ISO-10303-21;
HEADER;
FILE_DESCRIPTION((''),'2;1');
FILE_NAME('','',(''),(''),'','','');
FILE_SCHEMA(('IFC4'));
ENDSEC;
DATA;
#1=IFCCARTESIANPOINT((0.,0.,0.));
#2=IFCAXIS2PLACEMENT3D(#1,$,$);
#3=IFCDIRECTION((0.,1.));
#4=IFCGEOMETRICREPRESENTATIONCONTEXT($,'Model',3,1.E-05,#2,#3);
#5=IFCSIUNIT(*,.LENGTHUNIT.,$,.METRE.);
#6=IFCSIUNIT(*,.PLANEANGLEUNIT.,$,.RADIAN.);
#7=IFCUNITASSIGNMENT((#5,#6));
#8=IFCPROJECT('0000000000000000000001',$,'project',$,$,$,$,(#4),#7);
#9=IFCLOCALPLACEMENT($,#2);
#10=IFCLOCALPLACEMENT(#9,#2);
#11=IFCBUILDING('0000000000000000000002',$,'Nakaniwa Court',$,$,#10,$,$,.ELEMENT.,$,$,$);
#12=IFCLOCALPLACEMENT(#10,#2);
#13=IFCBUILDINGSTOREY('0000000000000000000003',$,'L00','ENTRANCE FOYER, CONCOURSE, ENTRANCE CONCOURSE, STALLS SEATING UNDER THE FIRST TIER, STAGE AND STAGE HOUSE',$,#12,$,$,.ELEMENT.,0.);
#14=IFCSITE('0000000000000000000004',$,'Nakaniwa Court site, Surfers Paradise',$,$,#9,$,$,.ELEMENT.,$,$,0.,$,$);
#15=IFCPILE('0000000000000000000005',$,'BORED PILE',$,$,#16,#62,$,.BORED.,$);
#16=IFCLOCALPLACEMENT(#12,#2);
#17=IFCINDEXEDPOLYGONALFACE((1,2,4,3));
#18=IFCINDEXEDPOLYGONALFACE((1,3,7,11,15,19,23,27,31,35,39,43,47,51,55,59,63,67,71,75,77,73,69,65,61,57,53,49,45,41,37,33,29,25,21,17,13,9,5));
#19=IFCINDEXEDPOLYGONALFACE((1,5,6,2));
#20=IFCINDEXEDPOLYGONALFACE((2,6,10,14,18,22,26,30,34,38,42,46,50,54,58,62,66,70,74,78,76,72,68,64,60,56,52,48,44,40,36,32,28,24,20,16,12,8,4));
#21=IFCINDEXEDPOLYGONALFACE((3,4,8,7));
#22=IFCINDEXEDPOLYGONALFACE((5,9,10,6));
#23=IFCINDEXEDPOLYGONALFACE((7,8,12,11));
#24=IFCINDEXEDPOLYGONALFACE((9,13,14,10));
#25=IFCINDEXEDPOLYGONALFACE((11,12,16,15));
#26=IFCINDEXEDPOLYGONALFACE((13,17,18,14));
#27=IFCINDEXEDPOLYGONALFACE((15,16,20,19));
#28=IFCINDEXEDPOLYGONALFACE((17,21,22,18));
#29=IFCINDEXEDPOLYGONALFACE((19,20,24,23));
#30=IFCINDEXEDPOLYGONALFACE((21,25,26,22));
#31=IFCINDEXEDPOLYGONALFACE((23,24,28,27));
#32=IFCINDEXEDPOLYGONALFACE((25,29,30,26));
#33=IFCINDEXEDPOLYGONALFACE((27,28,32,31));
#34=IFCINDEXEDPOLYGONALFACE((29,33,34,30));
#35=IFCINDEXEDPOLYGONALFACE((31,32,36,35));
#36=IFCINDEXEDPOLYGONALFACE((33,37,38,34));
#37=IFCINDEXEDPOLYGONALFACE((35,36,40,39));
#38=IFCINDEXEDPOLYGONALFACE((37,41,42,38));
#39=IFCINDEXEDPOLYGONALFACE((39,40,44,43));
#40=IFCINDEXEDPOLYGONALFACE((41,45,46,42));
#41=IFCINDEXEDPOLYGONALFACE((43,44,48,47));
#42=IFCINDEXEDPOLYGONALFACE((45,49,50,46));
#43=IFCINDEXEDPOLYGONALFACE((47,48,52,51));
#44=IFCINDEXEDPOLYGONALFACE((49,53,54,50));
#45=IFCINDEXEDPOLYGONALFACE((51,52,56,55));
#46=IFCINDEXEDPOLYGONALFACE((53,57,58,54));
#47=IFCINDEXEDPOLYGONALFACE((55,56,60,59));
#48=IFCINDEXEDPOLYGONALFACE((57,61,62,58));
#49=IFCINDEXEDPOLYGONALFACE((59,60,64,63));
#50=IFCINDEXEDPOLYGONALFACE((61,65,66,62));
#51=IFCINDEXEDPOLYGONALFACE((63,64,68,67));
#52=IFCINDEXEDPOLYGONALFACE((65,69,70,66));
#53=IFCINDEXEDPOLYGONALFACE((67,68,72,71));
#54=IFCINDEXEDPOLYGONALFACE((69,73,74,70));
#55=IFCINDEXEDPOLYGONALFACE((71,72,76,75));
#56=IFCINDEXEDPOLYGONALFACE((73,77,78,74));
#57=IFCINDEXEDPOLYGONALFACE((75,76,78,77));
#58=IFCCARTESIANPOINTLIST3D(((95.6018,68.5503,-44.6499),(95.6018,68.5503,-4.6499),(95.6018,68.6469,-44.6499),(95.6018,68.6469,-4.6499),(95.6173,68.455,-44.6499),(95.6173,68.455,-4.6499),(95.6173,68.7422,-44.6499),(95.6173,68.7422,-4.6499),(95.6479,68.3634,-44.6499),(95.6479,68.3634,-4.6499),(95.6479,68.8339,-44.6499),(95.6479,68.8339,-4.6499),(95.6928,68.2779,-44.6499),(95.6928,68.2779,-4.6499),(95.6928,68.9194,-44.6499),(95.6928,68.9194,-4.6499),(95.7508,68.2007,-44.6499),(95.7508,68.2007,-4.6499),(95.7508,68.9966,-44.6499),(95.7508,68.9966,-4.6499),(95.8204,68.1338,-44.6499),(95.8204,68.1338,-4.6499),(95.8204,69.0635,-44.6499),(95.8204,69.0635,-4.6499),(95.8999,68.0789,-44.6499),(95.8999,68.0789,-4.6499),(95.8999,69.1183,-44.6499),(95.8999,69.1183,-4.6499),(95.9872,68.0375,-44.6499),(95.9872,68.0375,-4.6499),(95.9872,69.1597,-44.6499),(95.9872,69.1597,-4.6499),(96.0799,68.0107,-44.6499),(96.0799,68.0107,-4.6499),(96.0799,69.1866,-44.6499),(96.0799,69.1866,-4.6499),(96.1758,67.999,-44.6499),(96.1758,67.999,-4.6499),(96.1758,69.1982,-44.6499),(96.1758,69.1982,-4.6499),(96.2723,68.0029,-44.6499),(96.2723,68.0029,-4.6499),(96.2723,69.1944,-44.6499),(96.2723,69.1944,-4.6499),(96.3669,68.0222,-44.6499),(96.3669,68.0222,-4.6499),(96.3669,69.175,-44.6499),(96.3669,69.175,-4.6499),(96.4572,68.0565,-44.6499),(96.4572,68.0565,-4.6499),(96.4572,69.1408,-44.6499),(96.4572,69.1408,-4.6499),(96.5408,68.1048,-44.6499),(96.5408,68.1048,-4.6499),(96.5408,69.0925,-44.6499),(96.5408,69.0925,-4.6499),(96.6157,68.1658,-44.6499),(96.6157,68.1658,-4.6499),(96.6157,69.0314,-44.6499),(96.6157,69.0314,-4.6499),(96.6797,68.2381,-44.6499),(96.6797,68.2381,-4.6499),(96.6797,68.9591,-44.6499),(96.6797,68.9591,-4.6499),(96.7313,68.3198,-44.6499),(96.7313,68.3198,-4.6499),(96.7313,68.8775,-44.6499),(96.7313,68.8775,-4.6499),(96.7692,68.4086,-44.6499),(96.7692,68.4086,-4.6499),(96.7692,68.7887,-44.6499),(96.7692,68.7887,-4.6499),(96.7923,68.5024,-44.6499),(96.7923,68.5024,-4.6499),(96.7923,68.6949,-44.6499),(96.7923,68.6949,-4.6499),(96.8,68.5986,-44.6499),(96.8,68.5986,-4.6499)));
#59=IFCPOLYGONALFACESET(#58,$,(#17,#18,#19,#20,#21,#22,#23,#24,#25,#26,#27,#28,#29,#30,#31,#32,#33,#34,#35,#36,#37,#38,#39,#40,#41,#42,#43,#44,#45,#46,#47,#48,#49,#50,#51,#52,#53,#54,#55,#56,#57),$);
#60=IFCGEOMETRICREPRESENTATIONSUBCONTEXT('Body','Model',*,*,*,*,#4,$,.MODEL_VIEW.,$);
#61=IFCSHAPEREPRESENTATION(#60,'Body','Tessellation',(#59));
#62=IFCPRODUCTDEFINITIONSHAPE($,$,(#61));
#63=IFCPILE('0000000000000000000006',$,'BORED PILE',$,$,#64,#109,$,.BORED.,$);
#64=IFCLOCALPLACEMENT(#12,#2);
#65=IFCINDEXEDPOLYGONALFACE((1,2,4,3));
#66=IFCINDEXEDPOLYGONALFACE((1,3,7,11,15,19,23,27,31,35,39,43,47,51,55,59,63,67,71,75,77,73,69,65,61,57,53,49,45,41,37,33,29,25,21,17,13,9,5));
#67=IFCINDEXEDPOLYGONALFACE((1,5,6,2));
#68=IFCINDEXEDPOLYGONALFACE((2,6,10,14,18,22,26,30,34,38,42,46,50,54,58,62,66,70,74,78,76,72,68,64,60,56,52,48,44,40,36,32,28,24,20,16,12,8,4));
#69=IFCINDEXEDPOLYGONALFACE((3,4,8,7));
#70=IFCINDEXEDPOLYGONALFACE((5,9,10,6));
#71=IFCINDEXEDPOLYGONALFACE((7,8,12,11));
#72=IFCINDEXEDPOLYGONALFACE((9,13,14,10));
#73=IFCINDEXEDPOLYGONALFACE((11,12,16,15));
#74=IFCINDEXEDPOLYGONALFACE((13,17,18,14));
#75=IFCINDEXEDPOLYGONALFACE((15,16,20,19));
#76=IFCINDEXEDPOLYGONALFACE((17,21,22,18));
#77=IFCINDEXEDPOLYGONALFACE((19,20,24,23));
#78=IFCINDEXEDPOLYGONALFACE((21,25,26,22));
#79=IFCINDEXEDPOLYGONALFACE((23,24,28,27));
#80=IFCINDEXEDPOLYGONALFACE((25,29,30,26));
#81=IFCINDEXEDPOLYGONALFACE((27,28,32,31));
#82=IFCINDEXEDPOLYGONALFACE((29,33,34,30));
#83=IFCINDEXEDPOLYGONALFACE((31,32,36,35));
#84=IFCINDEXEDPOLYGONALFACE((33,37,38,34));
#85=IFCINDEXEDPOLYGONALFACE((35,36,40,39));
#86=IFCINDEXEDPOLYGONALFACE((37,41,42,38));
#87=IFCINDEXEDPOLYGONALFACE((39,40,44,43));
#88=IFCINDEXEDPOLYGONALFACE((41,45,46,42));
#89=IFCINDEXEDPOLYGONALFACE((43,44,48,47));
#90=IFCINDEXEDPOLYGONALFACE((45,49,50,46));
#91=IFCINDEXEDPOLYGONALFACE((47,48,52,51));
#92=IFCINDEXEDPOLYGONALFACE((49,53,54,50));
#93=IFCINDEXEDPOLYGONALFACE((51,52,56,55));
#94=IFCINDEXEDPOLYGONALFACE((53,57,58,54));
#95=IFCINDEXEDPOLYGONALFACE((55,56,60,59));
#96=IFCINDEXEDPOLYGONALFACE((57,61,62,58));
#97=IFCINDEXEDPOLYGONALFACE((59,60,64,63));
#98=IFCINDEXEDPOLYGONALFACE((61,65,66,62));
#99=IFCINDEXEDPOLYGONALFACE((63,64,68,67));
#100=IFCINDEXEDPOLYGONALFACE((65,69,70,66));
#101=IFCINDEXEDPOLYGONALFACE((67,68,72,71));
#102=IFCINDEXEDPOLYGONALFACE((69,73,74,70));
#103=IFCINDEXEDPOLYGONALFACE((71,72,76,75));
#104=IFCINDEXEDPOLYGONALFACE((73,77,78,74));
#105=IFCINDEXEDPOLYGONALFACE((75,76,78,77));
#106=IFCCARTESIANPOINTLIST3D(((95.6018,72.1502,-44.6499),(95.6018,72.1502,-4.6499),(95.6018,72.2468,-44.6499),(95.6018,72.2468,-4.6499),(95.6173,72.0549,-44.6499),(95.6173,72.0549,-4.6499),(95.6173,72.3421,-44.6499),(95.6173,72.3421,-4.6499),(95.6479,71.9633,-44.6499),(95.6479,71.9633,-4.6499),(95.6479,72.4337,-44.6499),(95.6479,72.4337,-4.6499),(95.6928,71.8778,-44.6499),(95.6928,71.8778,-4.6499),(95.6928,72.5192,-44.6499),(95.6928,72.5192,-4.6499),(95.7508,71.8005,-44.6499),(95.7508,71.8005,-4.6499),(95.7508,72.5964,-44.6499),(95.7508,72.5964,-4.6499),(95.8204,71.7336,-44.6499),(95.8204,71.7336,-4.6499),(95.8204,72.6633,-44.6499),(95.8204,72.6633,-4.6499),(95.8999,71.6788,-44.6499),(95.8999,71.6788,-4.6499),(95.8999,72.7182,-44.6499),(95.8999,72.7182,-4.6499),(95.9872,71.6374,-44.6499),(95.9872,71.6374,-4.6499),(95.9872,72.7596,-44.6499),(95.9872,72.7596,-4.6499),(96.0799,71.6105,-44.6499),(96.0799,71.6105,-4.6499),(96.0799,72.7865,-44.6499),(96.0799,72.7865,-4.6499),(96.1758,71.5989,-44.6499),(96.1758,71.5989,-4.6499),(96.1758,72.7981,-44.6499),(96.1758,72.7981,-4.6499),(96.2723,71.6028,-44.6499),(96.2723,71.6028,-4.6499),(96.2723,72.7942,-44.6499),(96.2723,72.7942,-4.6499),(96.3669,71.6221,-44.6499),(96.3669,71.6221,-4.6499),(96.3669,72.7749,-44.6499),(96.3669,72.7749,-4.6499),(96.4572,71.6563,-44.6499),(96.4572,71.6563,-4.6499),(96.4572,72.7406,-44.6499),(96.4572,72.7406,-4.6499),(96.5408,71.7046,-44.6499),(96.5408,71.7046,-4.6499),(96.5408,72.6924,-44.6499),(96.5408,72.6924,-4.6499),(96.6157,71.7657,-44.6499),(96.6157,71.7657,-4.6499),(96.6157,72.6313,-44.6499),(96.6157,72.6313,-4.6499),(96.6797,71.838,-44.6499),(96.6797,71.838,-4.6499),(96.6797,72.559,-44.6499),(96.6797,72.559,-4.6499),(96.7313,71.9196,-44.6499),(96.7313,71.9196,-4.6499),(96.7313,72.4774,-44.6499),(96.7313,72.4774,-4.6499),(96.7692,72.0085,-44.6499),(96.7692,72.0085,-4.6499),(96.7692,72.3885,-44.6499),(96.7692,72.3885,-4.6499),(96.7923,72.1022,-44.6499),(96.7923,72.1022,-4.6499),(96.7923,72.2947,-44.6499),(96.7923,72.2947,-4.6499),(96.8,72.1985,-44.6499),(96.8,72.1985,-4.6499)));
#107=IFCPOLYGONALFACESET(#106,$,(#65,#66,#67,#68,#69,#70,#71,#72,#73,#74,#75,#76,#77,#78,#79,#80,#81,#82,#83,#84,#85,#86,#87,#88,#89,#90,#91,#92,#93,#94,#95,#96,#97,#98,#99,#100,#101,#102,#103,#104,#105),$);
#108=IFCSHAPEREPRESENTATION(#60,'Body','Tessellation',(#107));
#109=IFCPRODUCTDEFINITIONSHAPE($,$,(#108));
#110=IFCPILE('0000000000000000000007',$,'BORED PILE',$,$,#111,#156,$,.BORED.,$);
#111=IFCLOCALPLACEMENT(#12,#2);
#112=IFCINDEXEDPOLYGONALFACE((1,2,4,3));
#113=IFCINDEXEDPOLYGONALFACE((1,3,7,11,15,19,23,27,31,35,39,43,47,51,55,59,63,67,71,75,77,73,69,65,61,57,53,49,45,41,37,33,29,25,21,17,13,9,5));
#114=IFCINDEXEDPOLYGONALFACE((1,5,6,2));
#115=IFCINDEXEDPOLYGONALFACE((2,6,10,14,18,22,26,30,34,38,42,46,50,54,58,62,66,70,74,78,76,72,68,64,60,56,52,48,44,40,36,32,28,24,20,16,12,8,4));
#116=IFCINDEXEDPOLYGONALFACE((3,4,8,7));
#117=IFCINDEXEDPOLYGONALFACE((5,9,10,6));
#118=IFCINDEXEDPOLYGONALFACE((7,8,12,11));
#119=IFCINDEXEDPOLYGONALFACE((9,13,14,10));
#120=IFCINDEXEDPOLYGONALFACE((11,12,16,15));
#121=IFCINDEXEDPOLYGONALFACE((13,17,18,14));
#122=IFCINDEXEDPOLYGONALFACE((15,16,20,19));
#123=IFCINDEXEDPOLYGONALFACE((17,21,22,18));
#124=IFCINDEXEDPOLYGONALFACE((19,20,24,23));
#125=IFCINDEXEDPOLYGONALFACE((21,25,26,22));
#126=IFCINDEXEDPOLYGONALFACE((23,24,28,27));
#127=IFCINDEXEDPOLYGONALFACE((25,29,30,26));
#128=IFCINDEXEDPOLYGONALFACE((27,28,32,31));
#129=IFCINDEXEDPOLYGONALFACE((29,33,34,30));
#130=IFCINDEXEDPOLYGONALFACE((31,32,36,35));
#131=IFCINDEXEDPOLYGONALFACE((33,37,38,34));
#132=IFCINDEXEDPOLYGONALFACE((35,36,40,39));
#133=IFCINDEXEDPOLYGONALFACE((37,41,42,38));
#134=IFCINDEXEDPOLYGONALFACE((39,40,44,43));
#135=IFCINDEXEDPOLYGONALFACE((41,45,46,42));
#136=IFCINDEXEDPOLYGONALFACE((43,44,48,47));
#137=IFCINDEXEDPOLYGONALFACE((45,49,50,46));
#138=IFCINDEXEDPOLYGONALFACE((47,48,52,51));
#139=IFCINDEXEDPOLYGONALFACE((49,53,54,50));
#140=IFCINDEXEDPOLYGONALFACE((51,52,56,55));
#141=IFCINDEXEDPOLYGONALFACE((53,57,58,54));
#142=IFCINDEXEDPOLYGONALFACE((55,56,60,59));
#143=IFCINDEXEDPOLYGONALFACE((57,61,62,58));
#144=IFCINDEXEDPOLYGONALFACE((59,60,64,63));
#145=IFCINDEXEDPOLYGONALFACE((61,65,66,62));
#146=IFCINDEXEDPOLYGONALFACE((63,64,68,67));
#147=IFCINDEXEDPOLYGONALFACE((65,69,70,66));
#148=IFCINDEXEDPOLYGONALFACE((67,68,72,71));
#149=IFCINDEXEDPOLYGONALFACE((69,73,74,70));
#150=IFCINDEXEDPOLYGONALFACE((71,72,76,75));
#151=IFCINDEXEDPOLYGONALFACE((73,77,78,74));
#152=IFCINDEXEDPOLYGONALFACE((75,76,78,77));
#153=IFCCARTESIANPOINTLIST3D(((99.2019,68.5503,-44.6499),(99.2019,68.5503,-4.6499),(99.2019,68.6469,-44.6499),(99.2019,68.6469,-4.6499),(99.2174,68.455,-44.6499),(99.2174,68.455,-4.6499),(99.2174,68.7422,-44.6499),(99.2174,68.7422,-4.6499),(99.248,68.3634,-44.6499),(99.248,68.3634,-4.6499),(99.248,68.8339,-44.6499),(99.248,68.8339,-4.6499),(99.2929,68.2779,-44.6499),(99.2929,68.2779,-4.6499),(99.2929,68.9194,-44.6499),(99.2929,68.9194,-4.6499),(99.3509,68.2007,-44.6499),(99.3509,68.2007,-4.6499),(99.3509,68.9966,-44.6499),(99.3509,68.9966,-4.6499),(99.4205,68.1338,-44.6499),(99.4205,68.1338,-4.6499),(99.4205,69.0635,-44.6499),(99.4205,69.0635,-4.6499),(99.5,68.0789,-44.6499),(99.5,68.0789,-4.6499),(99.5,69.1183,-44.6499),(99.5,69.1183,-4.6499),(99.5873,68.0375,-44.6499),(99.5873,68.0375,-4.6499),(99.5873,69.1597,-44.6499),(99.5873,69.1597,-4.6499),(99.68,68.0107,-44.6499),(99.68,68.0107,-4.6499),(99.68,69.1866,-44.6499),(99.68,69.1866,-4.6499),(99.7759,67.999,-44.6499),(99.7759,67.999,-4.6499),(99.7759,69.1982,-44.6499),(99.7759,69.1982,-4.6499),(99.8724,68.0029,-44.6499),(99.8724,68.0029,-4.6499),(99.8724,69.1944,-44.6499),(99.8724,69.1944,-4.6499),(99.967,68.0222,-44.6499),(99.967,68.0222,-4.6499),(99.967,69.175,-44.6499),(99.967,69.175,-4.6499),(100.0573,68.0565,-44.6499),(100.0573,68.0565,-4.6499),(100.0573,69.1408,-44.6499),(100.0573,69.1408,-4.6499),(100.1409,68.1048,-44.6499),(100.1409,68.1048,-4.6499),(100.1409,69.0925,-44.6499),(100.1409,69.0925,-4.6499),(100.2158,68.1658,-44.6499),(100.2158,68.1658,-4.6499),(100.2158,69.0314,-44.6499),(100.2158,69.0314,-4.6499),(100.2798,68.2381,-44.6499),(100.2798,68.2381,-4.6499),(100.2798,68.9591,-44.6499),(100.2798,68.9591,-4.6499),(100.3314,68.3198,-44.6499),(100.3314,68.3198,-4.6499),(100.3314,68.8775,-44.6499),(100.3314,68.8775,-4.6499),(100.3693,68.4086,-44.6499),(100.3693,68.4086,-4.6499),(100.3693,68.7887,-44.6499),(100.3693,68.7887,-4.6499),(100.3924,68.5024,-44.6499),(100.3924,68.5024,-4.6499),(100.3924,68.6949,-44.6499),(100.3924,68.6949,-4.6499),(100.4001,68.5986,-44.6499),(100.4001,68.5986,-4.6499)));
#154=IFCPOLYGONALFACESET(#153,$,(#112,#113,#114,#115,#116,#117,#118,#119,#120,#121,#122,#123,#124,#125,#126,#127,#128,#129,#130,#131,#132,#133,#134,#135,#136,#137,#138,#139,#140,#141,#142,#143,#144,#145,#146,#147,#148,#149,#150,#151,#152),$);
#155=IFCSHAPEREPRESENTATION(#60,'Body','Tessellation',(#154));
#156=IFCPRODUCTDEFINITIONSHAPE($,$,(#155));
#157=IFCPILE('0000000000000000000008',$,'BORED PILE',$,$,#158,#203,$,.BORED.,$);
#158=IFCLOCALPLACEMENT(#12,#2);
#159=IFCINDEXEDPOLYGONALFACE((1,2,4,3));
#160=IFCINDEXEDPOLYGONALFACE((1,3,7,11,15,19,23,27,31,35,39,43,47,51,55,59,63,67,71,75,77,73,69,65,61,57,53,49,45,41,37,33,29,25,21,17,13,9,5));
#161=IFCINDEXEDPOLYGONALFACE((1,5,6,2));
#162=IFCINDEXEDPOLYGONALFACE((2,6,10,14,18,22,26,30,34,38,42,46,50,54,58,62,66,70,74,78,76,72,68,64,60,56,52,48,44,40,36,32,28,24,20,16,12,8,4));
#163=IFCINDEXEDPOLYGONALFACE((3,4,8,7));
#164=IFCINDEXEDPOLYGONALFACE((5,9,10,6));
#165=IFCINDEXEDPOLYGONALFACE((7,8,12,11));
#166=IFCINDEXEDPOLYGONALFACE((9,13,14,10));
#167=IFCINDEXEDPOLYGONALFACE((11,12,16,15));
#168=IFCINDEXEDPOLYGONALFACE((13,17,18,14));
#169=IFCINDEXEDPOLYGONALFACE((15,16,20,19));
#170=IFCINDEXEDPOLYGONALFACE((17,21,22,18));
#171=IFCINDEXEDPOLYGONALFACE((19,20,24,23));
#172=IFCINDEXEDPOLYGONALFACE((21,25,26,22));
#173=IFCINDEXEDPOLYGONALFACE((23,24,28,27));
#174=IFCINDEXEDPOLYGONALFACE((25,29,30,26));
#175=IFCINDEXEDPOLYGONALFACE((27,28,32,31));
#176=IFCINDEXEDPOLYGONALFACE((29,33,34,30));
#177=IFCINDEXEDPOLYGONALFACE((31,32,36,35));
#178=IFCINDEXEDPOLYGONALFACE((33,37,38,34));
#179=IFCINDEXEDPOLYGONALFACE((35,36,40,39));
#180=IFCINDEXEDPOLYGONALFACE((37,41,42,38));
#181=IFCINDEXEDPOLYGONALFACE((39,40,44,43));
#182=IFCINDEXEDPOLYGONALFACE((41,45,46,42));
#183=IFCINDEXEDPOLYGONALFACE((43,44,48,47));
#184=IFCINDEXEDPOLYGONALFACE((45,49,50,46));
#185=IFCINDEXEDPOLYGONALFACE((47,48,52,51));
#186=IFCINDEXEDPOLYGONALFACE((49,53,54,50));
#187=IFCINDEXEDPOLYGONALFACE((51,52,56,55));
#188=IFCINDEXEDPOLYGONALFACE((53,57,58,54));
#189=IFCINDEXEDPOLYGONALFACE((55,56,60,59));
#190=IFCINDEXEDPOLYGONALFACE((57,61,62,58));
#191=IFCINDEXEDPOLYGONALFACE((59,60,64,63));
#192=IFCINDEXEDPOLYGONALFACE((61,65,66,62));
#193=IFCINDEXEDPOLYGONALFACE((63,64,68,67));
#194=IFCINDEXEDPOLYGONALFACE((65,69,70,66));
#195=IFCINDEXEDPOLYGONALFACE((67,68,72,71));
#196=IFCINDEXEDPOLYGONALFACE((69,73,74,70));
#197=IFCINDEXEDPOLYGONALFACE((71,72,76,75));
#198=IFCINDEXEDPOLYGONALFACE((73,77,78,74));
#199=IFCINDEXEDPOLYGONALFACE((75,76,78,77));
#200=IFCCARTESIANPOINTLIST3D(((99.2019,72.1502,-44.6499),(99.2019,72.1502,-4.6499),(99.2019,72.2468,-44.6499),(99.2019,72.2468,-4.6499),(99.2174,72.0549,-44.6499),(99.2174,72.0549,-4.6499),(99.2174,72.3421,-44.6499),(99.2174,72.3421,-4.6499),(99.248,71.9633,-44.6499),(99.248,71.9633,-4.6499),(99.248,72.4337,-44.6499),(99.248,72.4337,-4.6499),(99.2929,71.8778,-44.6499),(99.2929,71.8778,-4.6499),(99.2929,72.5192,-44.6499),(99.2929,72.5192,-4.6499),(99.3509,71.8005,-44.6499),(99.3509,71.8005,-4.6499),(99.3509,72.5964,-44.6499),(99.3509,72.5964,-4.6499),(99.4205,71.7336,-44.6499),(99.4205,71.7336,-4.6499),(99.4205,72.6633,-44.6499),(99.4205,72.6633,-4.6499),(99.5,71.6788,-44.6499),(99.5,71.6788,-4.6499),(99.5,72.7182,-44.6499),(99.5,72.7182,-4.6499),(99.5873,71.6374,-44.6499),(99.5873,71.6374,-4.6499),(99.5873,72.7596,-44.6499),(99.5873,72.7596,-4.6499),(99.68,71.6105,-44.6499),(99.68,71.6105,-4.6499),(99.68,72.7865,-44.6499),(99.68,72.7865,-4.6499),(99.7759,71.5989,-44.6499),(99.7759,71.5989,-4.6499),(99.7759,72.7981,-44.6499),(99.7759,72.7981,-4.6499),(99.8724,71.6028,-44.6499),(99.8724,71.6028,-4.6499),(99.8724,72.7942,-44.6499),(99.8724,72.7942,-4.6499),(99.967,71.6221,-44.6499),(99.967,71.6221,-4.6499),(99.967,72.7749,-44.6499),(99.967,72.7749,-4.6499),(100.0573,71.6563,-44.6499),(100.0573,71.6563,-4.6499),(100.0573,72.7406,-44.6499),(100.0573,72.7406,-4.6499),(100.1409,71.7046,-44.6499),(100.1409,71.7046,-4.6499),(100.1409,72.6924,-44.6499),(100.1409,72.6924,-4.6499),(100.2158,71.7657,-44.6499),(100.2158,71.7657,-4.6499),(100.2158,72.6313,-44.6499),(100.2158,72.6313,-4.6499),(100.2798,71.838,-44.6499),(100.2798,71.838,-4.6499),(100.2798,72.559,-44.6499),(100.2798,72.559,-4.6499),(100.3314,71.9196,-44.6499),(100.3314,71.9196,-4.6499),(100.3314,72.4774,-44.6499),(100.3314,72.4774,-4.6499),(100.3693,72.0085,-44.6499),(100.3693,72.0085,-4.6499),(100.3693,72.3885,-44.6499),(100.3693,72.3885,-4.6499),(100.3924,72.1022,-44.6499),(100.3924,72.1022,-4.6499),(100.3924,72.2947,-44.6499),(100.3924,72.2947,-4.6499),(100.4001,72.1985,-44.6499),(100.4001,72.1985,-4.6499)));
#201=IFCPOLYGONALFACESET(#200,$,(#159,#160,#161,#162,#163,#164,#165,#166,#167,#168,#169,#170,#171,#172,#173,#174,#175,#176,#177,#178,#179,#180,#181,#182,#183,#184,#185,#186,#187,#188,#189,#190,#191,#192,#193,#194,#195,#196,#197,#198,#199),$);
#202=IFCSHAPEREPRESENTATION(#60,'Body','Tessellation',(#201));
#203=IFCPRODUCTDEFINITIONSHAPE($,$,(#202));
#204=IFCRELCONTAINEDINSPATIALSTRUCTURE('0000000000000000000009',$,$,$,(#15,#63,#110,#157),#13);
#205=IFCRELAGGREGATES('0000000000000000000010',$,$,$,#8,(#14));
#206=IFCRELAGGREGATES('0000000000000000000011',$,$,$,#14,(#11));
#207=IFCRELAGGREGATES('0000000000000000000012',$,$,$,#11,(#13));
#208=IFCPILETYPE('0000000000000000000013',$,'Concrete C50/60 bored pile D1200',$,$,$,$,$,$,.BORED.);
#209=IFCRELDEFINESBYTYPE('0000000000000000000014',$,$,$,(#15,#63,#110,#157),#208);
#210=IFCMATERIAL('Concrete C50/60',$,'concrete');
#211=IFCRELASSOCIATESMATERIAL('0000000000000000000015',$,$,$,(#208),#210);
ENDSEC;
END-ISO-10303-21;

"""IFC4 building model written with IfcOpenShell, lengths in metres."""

from ifc_helpers import new_model, si_unit, direction, frame, origin, origin_2d, place, context, subcontext, project, spatial, circle, extrude, material, material_profile, profile_set, type_object, element, save


model = new_model("IFC4")

# Units and contexts
model_context = context("Model", 3, precision=1e-05, world=origin(), true_north=direction((0.0, 1.0)))
body_context = subcontext(model_context, "Body", "Model", "MODEL_VIEW")
ifc_project = project(units=[si_unit("LENGTHUNIT", "METRE"), si_unit("PLANEANGLEUNIT", "RADIAN")], contexts=[model_context])

# Site, building, storey
site_placement = place(None, origin())
site = spatial("IfcSite", under=ifc_project, at=site_placement, Name="Nakaniwa Court site, Surfers Paradise", CompositionType="ELEMENT", RefElevation=0.0)
building_placement = place(site_placement, origin())
building = spatial("IfcBuilding", under=site, at=building_placement, Name="Nakaniwa Court", CompositionType="ELEMENT")
storey_placement = place(building_placement, origin())
storey = spatial("IfcBuildingStorey", under=building, at=storey_placement, Name="L00", Description="ENTRANCE FOYER, CONCOURSE, ENTRANCE CONCOURSE, STALLS SEATING UNDER THE FIRST TIER, STAGE AND STAGE HOUSE", CompositionType="ELEMENT", Elevation=0.0)

# Piles
ifc_material_1 = material(Name="Concrete C50/60", Category="concrete")
ifc_material_profile_1 = material_profile(ifc_material_1, circle(Radius=0.6001, at=origin_2d()), Name="Concrete C50/60 bored pile D1200")
ifc_profile_set_1 = profile_set([ifc_material_profile_1], Name="Concrete C50/60")
pile_type = type_object("IfcPileType", Name="Concrete C50/60 bored pile D1200", PredefinedType="BORED", material=ifc_profile_set_1)
for number, where, z_axis, x_axis, name in (
    (1, (96.2, 68.5986, -4.6499), (0.0, 0.0, -1.0), (1.0, 0.0, 0.0), "BORED PILE"),
    (2, (96.2, 72.1985, -4.6499), (0.0, 0.0, -1.0), (1.0, 0.0, 0.0), "BORED PILE"),
    (3, (99.8, 68.5986, -4.6499), (0.0, 0.0, -1.0), (1.0, 0.0, 0.0), "BORED PILE"),
    (4, (99.8, 72.1985, -4.6499), (0.0, 0.0, -1.0), (1.0, 0.0, 0.0), "BORED PILE"),
):
    element("IfcPile", number, at=place(storey_placement, frame(where, z_axis=z_axis, x_axis=x_axis)), inside=storey, type_object=pile_type, Name=name, PredefinedType="BORED", context=body_context, shape_type="SweptSolid", body=[
        extrude(circle(Radius=0.6001, at=origin_2d()), origin(), (0.0, 0.0, 1.0), 40.0),
    ])

save(model, "model.ifc")
